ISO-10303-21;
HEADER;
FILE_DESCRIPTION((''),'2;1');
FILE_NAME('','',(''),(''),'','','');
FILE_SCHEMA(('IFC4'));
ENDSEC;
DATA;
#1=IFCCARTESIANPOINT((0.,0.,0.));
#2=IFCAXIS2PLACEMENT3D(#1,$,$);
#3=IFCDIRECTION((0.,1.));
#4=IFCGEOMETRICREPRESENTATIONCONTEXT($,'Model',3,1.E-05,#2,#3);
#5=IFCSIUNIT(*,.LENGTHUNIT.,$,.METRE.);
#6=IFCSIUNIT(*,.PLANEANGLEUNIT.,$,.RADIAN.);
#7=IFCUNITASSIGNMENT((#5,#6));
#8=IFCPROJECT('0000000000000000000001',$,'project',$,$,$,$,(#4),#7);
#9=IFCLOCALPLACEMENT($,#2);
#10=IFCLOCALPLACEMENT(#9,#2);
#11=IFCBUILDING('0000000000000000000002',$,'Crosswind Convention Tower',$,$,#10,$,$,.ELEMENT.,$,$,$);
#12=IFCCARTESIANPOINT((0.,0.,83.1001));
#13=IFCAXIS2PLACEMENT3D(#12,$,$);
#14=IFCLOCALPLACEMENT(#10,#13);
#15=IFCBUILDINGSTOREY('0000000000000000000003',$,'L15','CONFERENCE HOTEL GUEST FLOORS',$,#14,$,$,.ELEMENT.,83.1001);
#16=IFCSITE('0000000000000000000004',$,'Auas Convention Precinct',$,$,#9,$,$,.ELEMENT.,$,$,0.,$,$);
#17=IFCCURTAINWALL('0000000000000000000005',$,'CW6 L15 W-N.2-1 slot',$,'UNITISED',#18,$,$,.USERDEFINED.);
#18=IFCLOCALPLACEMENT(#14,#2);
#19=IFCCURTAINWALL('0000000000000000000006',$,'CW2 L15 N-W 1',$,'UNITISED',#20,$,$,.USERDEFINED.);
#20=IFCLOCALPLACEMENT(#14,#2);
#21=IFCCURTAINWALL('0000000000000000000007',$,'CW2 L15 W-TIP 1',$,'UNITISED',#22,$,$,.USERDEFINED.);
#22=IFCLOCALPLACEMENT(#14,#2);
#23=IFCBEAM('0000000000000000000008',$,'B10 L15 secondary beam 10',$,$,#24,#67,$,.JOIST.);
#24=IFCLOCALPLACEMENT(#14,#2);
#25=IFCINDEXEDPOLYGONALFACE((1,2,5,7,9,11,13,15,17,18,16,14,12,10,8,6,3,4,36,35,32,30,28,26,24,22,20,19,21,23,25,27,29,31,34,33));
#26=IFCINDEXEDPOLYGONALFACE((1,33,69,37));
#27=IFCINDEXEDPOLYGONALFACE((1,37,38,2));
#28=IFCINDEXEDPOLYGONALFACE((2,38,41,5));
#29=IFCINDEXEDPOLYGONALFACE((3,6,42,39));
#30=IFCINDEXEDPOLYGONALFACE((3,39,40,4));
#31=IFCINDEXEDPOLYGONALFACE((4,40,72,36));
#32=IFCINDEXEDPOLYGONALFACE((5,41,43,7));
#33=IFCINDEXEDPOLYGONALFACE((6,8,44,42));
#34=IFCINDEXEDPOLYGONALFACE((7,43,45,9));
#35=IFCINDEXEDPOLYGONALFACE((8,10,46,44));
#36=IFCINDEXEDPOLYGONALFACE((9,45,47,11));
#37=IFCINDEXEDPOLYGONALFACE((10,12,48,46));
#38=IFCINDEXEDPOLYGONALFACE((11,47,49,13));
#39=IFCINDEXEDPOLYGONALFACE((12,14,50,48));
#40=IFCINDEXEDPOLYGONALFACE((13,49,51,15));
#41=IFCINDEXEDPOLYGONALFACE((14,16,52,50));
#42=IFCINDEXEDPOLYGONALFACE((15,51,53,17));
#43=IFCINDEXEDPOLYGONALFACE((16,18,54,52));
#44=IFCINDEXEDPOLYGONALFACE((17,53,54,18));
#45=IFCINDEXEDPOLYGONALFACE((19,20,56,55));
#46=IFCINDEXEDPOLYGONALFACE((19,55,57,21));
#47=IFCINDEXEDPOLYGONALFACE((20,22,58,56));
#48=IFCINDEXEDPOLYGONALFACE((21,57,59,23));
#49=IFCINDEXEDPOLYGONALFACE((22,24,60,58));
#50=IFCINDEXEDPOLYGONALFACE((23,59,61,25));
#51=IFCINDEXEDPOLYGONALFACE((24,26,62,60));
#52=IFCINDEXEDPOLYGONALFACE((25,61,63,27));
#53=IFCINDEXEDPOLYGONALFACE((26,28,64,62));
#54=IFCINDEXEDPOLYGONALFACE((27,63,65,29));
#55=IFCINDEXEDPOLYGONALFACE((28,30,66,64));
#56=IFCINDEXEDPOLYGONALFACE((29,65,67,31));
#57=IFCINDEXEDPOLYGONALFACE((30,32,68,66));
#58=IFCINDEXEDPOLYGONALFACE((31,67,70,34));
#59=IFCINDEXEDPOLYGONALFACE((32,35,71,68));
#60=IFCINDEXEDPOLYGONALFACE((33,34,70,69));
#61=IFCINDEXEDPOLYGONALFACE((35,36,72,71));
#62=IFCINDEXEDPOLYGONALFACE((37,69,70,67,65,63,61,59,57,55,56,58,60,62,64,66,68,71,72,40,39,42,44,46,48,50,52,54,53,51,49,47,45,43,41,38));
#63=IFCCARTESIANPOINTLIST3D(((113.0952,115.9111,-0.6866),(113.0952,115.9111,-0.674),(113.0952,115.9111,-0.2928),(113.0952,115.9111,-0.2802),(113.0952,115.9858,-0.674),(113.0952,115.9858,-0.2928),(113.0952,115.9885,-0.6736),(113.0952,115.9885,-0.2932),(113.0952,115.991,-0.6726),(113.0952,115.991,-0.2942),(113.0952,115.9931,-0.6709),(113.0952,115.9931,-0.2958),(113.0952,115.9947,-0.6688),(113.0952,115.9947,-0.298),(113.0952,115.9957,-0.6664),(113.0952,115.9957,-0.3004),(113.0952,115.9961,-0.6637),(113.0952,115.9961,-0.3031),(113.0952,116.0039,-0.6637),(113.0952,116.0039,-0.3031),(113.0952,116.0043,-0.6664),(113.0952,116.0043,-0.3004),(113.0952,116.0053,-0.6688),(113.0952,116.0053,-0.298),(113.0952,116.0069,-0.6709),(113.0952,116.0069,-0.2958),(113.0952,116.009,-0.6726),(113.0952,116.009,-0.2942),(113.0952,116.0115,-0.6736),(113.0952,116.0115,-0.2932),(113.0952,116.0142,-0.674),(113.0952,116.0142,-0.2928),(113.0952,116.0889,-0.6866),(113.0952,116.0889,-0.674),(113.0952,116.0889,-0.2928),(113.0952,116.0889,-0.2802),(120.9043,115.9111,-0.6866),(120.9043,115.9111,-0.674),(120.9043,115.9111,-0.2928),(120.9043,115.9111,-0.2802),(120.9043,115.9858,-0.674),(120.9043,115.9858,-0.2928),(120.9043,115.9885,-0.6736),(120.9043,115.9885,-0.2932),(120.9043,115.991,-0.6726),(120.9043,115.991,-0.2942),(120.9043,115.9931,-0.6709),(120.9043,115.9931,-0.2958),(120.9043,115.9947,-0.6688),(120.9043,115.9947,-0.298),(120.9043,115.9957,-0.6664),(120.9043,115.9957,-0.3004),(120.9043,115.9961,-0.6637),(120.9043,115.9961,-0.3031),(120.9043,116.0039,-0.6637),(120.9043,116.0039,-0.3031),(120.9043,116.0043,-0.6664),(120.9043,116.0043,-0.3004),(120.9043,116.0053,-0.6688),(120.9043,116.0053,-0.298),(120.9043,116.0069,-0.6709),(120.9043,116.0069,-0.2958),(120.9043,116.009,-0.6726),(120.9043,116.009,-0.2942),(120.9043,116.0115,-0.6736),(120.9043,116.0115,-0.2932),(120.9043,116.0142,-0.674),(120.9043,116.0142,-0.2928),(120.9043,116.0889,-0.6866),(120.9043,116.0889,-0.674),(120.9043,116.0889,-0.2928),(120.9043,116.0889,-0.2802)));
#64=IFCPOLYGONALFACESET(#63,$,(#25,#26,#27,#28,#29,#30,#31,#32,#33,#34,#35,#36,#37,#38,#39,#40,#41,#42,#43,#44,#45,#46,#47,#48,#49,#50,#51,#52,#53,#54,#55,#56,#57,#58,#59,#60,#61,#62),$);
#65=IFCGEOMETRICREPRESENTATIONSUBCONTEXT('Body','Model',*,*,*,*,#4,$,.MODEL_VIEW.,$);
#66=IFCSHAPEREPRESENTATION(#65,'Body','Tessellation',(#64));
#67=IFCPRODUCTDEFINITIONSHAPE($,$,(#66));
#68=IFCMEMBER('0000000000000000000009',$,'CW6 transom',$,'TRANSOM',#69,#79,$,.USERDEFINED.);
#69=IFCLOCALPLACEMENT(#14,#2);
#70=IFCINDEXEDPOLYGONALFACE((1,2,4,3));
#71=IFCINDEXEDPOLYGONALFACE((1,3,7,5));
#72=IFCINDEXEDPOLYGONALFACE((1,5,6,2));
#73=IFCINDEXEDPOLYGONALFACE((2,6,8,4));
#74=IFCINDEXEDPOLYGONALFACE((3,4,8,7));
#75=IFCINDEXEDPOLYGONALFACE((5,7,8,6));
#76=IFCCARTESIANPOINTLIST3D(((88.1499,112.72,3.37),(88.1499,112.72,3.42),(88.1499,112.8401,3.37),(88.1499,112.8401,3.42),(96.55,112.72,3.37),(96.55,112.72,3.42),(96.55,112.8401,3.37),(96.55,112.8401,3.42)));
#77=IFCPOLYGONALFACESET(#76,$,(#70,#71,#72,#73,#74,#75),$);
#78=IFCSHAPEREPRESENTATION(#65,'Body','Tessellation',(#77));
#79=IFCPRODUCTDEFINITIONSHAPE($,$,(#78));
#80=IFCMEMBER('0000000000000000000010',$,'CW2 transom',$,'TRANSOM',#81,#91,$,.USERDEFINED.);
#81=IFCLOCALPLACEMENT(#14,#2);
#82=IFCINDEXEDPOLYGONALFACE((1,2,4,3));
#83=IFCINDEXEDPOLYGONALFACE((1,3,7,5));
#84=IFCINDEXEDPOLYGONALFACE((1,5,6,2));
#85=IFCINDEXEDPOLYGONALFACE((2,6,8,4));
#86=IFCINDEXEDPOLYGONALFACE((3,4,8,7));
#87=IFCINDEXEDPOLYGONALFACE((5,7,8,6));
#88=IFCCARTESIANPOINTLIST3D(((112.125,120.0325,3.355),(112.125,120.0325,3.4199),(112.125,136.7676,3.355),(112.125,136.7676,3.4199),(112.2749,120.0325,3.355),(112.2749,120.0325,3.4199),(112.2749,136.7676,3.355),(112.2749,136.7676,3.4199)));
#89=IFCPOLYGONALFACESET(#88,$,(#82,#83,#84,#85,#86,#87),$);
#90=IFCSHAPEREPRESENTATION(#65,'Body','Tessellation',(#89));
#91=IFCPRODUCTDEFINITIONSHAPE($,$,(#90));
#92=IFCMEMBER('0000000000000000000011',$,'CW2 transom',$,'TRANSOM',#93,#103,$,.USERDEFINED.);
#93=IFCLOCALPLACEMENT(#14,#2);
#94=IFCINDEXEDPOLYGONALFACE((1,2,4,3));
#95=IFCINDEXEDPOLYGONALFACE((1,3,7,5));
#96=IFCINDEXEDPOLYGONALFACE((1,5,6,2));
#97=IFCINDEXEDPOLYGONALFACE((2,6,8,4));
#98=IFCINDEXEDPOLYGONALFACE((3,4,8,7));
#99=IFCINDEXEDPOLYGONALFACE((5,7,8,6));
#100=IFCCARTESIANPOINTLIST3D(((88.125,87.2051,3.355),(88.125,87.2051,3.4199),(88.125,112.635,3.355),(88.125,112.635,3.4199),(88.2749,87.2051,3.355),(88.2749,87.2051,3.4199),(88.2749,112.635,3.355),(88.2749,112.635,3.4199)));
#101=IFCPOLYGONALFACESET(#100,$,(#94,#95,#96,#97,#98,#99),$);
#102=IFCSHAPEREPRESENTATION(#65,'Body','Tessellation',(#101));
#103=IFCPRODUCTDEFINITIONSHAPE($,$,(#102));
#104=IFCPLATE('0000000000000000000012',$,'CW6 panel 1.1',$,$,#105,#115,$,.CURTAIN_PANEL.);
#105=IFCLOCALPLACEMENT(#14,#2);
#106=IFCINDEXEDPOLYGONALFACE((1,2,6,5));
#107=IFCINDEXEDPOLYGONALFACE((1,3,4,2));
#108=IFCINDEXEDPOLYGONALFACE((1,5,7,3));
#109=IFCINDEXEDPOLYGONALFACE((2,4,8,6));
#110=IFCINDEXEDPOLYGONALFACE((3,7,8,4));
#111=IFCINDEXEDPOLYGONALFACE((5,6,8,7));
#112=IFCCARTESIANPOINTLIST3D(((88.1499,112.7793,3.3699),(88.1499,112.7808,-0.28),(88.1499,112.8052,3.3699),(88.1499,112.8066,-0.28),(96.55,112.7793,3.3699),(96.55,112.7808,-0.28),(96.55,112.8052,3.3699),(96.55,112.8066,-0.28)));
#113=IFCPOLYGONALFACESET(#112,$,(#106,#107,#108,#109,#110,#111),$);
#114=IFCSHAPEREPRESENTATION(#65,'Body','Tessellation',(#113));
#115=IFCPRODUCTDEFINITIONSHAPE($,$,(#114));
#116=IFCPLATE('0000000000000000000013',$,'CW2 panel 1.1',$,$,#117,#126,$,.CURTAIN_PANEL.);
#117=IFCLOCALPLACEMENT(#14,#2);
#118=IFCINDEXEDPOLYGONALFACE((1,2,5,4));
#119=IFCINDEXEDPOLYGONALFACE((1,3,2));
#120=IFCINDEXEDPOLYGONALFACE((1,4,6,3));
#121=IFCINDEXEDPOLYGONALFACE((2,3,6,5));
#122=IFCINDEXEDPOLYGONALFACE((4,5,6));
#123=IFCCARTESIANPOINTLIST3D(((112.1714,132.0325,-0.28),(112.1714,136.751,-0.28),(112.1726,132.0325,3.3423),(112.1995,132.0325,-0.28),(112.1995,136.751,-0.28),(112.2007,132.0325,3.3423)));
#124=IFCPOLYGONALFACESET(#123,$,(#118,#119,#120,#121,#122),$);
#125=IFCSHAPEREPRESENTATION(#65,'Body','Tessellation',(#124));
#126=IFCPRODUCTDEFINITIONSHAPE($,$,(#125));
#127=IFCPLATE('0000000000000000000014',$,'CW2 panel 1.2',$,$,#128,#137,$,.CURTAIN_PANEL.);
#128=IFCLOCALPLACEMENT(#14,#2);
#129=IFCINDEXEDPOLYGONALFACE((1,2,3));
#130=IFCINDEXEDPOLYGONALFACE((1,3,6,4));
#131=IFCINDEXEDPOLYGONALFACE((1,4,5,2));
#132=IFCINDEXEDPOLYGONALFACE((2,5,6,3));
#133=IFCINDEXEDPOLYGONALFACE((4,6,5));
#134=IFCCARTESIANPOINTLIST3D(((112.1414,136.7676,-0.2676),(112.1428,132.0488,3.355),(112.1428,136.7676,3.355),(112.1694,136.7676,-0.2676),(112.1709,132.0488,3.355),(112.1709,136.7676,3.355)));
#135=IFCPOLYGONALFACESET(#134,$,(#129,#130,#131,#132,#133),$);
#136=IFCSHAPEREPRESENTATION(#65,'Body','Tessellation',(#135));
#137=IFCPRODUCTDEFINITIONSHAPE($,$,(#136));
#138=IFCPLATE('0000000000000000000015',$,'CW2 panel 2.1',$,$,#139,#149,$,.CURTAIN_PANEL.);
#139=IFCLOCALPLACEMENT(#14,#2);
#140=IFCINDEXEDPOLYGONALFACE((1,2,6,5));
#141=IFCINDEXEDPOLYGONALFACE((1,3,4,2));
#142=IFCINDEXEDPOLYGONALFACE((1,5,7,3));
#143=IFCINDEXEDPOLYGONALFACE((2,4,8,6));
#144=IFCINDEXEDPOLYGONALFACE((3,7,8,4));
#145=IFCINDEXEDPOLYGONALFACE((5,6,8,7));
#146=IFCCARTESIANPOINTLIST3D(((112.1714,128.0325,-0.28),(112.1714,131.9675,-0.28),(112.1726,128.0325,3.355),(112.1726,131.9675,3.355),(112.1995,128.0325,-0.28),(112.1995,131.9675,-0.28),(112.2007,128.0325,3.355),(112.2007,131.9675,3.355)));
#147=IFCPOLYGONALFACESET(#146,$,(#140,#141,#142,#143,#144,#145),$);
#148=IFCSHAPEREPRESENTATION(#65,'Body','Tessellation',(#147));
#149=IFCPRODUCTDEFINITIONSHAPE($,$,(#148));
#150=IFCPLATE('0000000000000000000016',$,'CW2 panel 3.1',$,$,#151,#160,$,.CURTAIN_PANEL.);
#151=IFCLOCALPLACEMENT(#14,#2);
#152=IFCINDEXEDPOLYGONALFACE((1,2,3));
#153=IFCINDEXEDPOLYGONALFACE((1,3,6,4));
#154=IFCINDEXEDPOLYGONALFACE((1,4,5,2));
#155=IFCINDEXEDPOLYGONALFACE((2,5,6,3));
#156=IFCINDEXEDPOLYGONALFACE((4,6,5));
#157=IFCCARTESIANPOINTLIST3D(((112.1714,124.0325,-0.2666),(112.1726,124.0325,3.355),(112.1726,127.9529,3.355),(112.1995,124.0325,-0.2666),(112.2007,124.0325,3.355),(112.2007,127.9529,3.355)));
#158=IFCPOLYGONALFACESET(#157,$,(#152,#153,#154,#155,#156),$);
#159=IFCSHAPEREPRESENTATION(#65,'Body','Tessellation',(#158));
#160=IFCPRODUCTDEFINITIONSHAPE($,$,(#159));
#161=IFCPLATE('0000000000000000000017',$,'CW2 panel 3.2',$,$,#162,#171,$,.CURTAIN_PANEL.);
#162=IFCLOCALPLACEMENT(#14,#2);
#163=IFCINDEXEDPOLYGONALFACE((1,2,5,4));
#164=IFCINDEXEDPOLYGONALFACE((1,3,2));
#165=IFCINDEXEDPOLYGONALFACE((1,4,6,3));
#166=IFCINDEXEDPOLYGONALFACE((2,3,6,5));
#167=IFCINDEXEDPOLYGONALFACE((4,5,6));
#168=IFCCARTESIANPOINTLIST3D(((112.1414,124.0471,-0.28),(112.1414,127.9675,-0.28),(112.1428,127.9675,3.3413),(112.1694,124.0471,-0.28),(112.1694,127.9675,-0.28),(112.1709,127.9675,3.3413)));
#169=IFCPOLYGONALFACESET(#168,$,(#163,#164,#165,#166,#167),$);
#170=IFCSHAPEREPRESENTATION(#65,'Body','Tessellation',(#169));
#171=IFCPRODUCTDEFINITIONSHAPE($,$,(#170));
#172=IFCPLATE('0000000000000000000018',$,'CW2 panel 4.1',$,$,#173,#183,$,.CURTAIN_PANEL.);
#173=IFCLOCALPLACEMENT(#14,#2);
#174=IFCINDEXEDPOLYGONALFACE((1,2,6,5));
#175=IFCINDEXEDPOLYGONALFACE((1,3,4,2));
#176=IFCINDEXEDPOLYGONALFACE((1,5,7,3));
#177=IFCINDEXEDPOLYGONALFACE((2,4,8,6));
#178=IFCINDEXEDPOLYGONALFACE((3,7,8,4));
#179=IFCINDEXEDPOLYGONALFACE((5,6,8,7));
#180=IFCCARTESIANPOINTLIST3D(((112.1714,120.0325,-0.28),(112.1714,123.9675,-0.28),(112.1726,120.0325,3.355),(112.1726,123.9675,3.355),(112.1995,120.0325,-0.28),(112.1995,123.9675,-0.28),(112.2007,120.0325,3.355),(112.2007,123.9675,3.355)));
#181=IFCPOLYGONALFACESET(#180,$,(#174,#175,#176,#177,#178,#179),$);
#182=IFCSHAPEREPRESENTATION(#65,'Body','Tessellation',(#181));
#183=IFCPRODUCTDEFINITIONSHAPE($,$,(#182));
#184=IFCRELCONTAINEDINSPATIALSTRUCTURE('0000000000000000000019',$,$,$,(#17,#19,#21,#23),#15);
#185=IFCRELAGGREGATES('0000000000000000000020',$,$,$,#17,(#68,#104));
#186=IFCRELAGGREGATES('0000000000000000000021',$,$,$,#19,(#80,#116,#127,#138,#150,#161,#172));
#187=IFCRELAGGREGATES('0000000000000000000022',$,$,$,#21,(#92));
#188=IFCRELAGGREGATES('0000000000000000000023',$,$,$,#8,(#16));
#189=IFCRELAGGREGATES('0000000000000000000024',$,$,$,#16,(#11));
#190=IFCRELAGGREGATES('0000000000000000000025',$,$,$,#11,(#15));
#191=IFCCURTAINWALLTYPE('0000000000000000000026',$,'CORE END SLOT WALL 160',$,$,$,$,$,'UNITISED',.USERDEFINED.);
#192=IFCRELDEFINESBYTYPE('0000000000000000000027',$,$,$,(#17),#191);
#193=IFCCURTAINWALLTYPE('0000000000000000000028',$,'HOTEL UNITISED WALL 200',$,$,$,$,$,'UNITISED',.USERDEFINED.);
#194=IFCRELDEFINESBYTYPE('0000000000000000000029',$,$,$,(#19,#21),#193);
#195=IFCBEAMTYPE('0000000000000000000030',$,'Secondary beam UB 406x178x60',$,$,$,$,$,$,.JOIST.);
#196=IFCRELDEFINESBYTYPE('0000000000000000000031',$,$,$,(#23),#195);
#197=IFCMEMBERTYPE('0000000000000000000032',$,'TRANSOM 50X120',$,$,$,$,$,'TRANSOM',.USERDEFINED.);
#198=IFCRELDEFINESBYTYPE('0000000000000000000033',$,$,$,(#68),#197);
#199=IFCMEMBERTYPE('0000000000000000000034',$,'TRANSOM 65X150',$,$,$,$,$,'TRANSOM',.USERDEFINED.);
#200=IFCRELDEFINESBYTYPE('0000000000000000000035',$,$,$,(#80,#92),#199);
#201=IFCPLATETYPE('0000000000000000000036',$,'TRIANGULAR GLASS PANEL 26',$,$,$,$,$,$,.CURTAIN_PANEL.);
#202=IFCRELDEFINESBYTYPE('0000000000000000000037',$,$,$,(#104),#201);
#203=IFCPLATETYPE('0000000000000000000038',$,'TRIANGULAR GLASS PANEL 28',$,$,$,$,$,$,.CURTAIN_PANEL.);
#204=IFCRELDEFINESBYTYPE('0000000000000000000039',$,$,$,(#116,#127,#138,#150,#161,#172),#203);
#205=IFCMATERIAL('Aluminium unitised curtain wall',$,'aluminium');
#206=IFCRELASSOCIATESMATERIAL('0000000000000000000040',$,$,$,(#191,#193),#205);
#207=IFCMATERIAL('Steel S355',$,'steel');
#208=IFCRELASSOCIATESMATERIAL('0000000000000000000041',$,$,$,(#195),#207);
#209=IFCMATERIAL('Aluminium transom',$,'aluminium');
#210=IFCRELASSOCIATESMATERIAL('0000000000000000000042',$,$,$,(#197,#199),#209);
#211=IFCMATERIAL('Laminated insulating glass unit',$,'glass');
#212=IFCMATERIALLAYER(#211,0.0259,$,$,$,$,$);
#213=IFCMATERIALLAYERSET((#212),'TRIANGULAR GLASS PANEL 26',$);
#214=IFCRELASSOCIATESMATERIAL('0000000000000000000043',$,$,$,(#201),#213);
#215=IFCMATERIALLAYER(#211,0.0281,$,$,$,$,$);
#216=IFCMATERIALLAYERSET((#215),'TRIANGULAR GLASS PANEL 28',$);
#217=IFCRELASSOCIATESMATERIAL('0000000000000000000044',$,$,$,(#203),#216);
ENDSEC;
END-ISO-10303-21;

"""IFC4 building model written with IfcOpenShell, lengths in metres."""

from ifc_helpers import new_model, si_unit, direction, frame, origin, origin_2d, place, context, subcontext, project, spatial, polyline, rectangle, i_section, outline, extrude, material, layer, layer_set, material_profile, profile_set, type_object, element, aggregate, save


model = new_model("IFC4")

# Units and contexts
model_context = context("Model", 3, precision=1e-05, world=origin(), true_north=direction((0.0, 1.0)))
body_context = subcontext(model_context, "Body", "Model", "MODEL_VIEW")
ifc_project = project(units=[si_unit("LENGTHUNIT", "METRE"), si_unit("PLANEANGLEUNIT", "RADIAN")], contexts=[model_context])

# Site, building, storey
site_placement = place(None, origin())
site = spatial("IfcSite", under=ifc_project, at=site_placement, Name="Auas Convention Precinct", CompositionType="ELEMENT", RefElevation=0.0)
building_placement = place(site_placement, origin())
building = spatial("IfcBuilding", under=site, at=building_placement, Name="Crosswind Convention Tower", CompositionType="ELEMENT")
storey_placement = place(building_placement, frame((0.0, 0.0, 83.1001)))
storey = spatial("IfcBuildingStorey", under=building, at=storey_placement, Name="L15", Description="CONFERENCE HOTEL GUEST FLOORS", CompositionType="ELEMENT", Elevation=83.1001)

# Shared definitions
ifc_material_1 = material(Name="Steel S355", Category="steel")

# Curtain wall
ifc_material_2 = material(Name="Aluminium unitised curtain wall", Category="aluminium")
curtain_wall_type_1 = type_object("IfcCurtainWallType", Name="CORE END SLOT WALL 160", ElementType="UNITISED", PredefinedType="USERDEFINED", material=ifc_material_2)
curtain_wall_1_placement = place(storey_placement, origin())
curtain_wall_1 = element("IfcCurtainWall", 1, at=curtain_wall_1_placement, inside=storey, type_object=curtain_wall_type_1, Name="CW6 L15 W-N.2-1 slot", ObjectType="UNITISED", PredefinedType="USERDEFINED")

# Shared definitions
curtain_wall_type_2 = type_object("IfcCurtainWallType", Name="HOTEL UNITISED WALL 200", ElementType="UNITISED", PredefinedType="USERDEFINED", material=ifc_material_2)

# Curtain wall
curtain_wall_2_placement = place(storey_placement, origin())
curtain_wall_2 = element("IfcCurtainWall", 2, at=curtain_wall_2_placement, inside=storey, type_object=curtain_wall_type_2, Name="CW2 L15 N-W 1", ObjectType="UNITISED", PredefinedType="USERDEFINED")

# Curtain wall
curtain_wall_3_placement = place(storey_placement, origin())
curtain_wall_3 = element("IfcCurtainWall", 3, at=curtain_wall_3_placement, inside=storey, type_object=curtain_wall_type_2, Name="CW2 L15 W-TIP 1", ObjectType="UNITISED", PredefinedType="USERDEFINED")

# Beam
ifc_material_profile_1 = material_profile(ifc_material_1, i_section(OverallWidth=0.1777, OverallDepth=0.4065, WebThickness=0.0078, FlangeThickness=0.0127, FilletRadius=0.0103, at=origin_2d()), Name="UB 406x178x60")
ifc_profile_set_1 = profile_set([ifc_material_profile_1], Name="Steel S355")
beam_type_1 = type_object("IfcBeamType", Name="Secondary beam UB 406x178x60", PredefinedType="JOIST", material=ifc_profile_set_1)
beam_1_placement = place(storey_placement, frame((113.0952, 116.0, -0.4834), z_axis=(1.0, 0.0, 0.0), x_axis=(0.0, 1.0, 0.0)))
element("IfcBeam", 4, at=beam_1_placement, inside=storey, type_object=beam_type_1, Name="B10 L15 secondary beam 10", PredefinedType="JOIST", context=body_context, shape_type="SweptSolid", body=[
    extrude(i_section(OverallWidth=0.1777, OverallDepth=0.4065, WebThickness=0.0078, FlangeThickness=0.0127, FilletRadius=0.0103, at=origin_2d()), origin(), (0.0, 0.0, 1.0), 7.8091),
])

# Members
ifc_material_3 = material(Name="Aluminium transom", Category="aluminium")
ifc_material_profile_2 = material_profile(ifc_material_3, rectangle(XDim=0.1201, YDim=0.05, at=origin_2d()), Name="AL 120X50")
ifc_profile_set_2 = profile_set([ifc_material_profile_2], Name="Aluminium transom")
member_type_1 = type_object("IfcMemberType", Name="TRANSOM 50X120", ElementType="TRANSOM", PredefinedType="USERDEFINED", material=ifc_profile_set_2)
member_1_placement = place(storey_placement, frame((96.55, 112.78, 3.395), z_axis=(-1.0, 0.0, 0.0), x_axis=(0.0, -1.0, 0.0)))
member_1 = element("IfcMember", 5, at=member_1_placement, type_object=member_type_1, Name="CW6 transom", ObjectType="TRANSOM", PredefinedType="USERDEFINED", context=body_context, shape_type="SweptSolid", body=[
    extrude(rectangle(XDim=0.1201, YDim=0.05, at=origin_2d()), origin(), (0.0, 0.0, 1.0), 8.4001),
])
ifc_material_profile_3 = material_profile(ifc_material_3, rectangle(XDim=0.1499, YDim=0.0649, at=origin_2d()), Name="AL 150X65")
ifc_profile_set_3 = profile_set([ifc_material_profile_3], Name="Aluminium transom")
member_type_2 = type_object("IfcMemberType", Name="TRANSOM 65X150", ElementType="TRANSOM", PredefinedType="USERDEFINED", material=ifc_profile_set_3)
member_2_placement = place(storey_placement, frame((112.2, 136.7676, 3.3875), z_axis=(0.0, -1.0, 0.0), x_axis=(1.0, 0.0, 0.0)))
member_2 = element("IfcMember", 6, at=member_2_placement, type_object=member_type_2, Name="CW2 transom", ObjectType="TRANSOM", PredefinedType="USERDEFINED", context=body_context, shape_type="SweptSolid", body=[
    extrude(rectangle(XDim=0.1499, YDim=0.0649, at=origin_2d()), origin(), (0.0, 0.0, 1.0), 16.7351),
])
member_3_placement = place(storey_placement, frame((88.2, 112.635, 3.3875), z_axis=(0.0, -1.0, 0.0), x_axis=(1.0, 0.0, 0.0)))
member_3 = element("IfcMember", 7, at=member_3_placement, type_object=member_type_2, Name="CW2 transom", ObjectType="TRANSOM", PredefinedType="USERDEFINED", context=body_context, shape_type="SweptSolid", body=[
    extrude(rectangle(XDim=0.1499, YDim=0.0649, at=origin_2d()), origin(), (0.0, 0.0, 1.0), 25.4299),
])

# Plates
ifc_material_4 = material(Name="Laminated insulating glass unit", Category="glass")
ifc_layer_1 = layer(ifc_material_4, 0.0259)
ifc_layer_set_1 = layer_set([ifc_layer_1], Name="TRIANGULAR GLASS PANEL 26")
plate_type_1 = type_object("IfcPlateType", Name="TRIANGULAR GLASS PANEL 26", PredefinedType="CURTAIN_PANEL", material=ifc_layer_set_1)
plate_1_placement = place(storey_placement, frame((96.55, 112.8066, -0.28), z_axis=(0.0, 1.0, 0.000401), x_axis=(-1.0, 0.0, 0.0)))
plate_1 = element("IfcPlate", 8, at=plate_1_placement, type_object=plate_type_1, Name="CW6 panel 1.1", PredefinedType="CURTAIN_PANEL", context=body_context, shape_type="SweptSolid", body=[
    extrude(outline(polyline([(0.0, 0.0), (8.4001, 0.0), (8.4001, 3.6499), (0.0, 3.6499), (0.0, 0.0)])), origin(), (0.0, 0.0, -1.0), 0.0259),
])
aggregate(curtain_wall_1, [member_1, plate_1])
ifc_layer_2 = layer(ifc_material_4, 0.0281)
ifc_layer_set_2 = layer_set([ifc_layer_2], Name="TRIANGULAR GLASS PANEL 28")
plate_type_2 = type_object("IfcPlateType", Name="TRIANGULAR GLASS PANEL 28", PredefinedType="CURTAIN_PANEL", material=ifc_layer_set_2)
plate_2_placement = place(storey_placement, frame((112.1714, 132.0325, -0.28), z_axis=(-1.0, 0.0, 0.000337), x_axis=(0.000337, 0.0, 1.0)))
plate_2 = element("IfcPlate", 9, at=plate_2_placement, type_object=plate_type_2, Name="CW2 panel 1.1", PredefinedType="CURTAIN_PANEL", context=body_context, shape_type="SweptSolid", body=[
    extrude(outline(polyline([(0.0, 0.0), (3.6223, 0.0), (0.0, 4.7185), (0.0, 0.0)])), origin(), (0.0, 0.0, -1.0), 0.0281),
])
plate_3_placement = place(storey_placement, frame((112.1428, 136.7676, 3.355), z_axis=(-1.0, 0.0, 0.000404), x_axis=(-0.000404, 0.0, -1.0)))
plate_3 = element("IfcPlate", 10, at=plate_3_placement, type_object=plate_type_2, Name="CW2 panel 1.2", PredefinedType="CURTAIN_PANEL", context=body_context, shape_type="SweptSolid", body=[
    extrude(outline(polyline([(0.0, 0.0), (3.6226, 0.0), (0.0, 4.7187), (0.0, 0.0)])), origin(), (0.0, 0.0, -1.0), 0.0281),
])
plate_4_placement = place(storey_placement, frame((112.1714, 131.9675, -0.28), z_axis=(-1.0, 0.0, 0.000336), x_axis=(0.0, -1.0, 0.0)))
plate_4 = element("IfcPlate", 11, at=plate_4_placement, type_object=plate_type_2, Name="CW2 panel 2.1", PredefinedType="CURTAIN_PANEL", context=body_context, shape_type="SweptSolid", body=[
    extrude(outline(polyline([(0.0, 0.0), (3.9351, 0.0), (3.9351, 3.635), (0.0, 3.635), (0.0, 0.0)])), origin(), (0.0, 0.0, -1.0), 0.0281),
])
plate_5_placement = place(storey_placement, frame((112.1726, 124.0325, 3.355), z_axis=(-1.0, 0.0, 0.000337), x_axis=(0.0, 1.0, 0.0)))
plate_5 = element("IfcPlate", 12, at=plate_5_placement, type_object=plate_type_2, Name="CW2 panel 3.1", PredefinedType="CURTAIN_PANEL", context=body_context, shape_type="SweptSolid", body=[
    extrude(outline(polyline([(0.0, 0.0), (3.9204, 0.0), (0.0, 3.6216), (0.0, 0.0)])), origin(), (0.0, 0.0, -1.0), 0.0281),
])
plate_6_placement = place(storey_placement, frame((112.1414, 127.9675, -0.28), z_axis=(-1.0, 0.0, 0.000405), x_axis=(0.0, -1.0, 0.0)))
plate_6 = element("IfcPlate", 13, at=plate_6_placement, type_object=plate_type_2, Name="CW2 panel 3.2", PredefinedType="CURTAIN_PANEL", context=body_context, shape_type="SweptSolid", body=[
    extrude(outline(polyline([(0.0, 0.0), (3.9204, 0.0), (0.0, 3.6213), (0.0, 0.0)])), origin(), (0.0, 0.0, -1.0), 0.0281),
])
plate_7_placement = place(storey_placement, frame((112.1714, 123.9675, -0.28), z_axis=(-1.0, 0.0, 0.000336), x_axis=(0.0, -1.0, 0.0)))
plate_7 = element("IfcPlate", 14, at=plate_7_placement, type_object=plate_type_2, Name="CW2 panel 4.1", PredefinedType="CURTAIN_PANEL", context=body_context, shape_type="SweptSolid", body=[
    extrude(outline(polyline([(0.0, 0.0), (3.9351, 0.0), (3.9351, 3.635), (0.0, 3.635), (0.0, 0.0)])), origin(), (0.0, 0.0, -1.0), 0.0281),
])

aggregate(curtain_wall_2, [member_2, plate_2, plate_3, plate_4, plate_5, plate_6, plate_7])
aggregate(curtain_wall_3, [member_3])

save(model, "model.ifc")
